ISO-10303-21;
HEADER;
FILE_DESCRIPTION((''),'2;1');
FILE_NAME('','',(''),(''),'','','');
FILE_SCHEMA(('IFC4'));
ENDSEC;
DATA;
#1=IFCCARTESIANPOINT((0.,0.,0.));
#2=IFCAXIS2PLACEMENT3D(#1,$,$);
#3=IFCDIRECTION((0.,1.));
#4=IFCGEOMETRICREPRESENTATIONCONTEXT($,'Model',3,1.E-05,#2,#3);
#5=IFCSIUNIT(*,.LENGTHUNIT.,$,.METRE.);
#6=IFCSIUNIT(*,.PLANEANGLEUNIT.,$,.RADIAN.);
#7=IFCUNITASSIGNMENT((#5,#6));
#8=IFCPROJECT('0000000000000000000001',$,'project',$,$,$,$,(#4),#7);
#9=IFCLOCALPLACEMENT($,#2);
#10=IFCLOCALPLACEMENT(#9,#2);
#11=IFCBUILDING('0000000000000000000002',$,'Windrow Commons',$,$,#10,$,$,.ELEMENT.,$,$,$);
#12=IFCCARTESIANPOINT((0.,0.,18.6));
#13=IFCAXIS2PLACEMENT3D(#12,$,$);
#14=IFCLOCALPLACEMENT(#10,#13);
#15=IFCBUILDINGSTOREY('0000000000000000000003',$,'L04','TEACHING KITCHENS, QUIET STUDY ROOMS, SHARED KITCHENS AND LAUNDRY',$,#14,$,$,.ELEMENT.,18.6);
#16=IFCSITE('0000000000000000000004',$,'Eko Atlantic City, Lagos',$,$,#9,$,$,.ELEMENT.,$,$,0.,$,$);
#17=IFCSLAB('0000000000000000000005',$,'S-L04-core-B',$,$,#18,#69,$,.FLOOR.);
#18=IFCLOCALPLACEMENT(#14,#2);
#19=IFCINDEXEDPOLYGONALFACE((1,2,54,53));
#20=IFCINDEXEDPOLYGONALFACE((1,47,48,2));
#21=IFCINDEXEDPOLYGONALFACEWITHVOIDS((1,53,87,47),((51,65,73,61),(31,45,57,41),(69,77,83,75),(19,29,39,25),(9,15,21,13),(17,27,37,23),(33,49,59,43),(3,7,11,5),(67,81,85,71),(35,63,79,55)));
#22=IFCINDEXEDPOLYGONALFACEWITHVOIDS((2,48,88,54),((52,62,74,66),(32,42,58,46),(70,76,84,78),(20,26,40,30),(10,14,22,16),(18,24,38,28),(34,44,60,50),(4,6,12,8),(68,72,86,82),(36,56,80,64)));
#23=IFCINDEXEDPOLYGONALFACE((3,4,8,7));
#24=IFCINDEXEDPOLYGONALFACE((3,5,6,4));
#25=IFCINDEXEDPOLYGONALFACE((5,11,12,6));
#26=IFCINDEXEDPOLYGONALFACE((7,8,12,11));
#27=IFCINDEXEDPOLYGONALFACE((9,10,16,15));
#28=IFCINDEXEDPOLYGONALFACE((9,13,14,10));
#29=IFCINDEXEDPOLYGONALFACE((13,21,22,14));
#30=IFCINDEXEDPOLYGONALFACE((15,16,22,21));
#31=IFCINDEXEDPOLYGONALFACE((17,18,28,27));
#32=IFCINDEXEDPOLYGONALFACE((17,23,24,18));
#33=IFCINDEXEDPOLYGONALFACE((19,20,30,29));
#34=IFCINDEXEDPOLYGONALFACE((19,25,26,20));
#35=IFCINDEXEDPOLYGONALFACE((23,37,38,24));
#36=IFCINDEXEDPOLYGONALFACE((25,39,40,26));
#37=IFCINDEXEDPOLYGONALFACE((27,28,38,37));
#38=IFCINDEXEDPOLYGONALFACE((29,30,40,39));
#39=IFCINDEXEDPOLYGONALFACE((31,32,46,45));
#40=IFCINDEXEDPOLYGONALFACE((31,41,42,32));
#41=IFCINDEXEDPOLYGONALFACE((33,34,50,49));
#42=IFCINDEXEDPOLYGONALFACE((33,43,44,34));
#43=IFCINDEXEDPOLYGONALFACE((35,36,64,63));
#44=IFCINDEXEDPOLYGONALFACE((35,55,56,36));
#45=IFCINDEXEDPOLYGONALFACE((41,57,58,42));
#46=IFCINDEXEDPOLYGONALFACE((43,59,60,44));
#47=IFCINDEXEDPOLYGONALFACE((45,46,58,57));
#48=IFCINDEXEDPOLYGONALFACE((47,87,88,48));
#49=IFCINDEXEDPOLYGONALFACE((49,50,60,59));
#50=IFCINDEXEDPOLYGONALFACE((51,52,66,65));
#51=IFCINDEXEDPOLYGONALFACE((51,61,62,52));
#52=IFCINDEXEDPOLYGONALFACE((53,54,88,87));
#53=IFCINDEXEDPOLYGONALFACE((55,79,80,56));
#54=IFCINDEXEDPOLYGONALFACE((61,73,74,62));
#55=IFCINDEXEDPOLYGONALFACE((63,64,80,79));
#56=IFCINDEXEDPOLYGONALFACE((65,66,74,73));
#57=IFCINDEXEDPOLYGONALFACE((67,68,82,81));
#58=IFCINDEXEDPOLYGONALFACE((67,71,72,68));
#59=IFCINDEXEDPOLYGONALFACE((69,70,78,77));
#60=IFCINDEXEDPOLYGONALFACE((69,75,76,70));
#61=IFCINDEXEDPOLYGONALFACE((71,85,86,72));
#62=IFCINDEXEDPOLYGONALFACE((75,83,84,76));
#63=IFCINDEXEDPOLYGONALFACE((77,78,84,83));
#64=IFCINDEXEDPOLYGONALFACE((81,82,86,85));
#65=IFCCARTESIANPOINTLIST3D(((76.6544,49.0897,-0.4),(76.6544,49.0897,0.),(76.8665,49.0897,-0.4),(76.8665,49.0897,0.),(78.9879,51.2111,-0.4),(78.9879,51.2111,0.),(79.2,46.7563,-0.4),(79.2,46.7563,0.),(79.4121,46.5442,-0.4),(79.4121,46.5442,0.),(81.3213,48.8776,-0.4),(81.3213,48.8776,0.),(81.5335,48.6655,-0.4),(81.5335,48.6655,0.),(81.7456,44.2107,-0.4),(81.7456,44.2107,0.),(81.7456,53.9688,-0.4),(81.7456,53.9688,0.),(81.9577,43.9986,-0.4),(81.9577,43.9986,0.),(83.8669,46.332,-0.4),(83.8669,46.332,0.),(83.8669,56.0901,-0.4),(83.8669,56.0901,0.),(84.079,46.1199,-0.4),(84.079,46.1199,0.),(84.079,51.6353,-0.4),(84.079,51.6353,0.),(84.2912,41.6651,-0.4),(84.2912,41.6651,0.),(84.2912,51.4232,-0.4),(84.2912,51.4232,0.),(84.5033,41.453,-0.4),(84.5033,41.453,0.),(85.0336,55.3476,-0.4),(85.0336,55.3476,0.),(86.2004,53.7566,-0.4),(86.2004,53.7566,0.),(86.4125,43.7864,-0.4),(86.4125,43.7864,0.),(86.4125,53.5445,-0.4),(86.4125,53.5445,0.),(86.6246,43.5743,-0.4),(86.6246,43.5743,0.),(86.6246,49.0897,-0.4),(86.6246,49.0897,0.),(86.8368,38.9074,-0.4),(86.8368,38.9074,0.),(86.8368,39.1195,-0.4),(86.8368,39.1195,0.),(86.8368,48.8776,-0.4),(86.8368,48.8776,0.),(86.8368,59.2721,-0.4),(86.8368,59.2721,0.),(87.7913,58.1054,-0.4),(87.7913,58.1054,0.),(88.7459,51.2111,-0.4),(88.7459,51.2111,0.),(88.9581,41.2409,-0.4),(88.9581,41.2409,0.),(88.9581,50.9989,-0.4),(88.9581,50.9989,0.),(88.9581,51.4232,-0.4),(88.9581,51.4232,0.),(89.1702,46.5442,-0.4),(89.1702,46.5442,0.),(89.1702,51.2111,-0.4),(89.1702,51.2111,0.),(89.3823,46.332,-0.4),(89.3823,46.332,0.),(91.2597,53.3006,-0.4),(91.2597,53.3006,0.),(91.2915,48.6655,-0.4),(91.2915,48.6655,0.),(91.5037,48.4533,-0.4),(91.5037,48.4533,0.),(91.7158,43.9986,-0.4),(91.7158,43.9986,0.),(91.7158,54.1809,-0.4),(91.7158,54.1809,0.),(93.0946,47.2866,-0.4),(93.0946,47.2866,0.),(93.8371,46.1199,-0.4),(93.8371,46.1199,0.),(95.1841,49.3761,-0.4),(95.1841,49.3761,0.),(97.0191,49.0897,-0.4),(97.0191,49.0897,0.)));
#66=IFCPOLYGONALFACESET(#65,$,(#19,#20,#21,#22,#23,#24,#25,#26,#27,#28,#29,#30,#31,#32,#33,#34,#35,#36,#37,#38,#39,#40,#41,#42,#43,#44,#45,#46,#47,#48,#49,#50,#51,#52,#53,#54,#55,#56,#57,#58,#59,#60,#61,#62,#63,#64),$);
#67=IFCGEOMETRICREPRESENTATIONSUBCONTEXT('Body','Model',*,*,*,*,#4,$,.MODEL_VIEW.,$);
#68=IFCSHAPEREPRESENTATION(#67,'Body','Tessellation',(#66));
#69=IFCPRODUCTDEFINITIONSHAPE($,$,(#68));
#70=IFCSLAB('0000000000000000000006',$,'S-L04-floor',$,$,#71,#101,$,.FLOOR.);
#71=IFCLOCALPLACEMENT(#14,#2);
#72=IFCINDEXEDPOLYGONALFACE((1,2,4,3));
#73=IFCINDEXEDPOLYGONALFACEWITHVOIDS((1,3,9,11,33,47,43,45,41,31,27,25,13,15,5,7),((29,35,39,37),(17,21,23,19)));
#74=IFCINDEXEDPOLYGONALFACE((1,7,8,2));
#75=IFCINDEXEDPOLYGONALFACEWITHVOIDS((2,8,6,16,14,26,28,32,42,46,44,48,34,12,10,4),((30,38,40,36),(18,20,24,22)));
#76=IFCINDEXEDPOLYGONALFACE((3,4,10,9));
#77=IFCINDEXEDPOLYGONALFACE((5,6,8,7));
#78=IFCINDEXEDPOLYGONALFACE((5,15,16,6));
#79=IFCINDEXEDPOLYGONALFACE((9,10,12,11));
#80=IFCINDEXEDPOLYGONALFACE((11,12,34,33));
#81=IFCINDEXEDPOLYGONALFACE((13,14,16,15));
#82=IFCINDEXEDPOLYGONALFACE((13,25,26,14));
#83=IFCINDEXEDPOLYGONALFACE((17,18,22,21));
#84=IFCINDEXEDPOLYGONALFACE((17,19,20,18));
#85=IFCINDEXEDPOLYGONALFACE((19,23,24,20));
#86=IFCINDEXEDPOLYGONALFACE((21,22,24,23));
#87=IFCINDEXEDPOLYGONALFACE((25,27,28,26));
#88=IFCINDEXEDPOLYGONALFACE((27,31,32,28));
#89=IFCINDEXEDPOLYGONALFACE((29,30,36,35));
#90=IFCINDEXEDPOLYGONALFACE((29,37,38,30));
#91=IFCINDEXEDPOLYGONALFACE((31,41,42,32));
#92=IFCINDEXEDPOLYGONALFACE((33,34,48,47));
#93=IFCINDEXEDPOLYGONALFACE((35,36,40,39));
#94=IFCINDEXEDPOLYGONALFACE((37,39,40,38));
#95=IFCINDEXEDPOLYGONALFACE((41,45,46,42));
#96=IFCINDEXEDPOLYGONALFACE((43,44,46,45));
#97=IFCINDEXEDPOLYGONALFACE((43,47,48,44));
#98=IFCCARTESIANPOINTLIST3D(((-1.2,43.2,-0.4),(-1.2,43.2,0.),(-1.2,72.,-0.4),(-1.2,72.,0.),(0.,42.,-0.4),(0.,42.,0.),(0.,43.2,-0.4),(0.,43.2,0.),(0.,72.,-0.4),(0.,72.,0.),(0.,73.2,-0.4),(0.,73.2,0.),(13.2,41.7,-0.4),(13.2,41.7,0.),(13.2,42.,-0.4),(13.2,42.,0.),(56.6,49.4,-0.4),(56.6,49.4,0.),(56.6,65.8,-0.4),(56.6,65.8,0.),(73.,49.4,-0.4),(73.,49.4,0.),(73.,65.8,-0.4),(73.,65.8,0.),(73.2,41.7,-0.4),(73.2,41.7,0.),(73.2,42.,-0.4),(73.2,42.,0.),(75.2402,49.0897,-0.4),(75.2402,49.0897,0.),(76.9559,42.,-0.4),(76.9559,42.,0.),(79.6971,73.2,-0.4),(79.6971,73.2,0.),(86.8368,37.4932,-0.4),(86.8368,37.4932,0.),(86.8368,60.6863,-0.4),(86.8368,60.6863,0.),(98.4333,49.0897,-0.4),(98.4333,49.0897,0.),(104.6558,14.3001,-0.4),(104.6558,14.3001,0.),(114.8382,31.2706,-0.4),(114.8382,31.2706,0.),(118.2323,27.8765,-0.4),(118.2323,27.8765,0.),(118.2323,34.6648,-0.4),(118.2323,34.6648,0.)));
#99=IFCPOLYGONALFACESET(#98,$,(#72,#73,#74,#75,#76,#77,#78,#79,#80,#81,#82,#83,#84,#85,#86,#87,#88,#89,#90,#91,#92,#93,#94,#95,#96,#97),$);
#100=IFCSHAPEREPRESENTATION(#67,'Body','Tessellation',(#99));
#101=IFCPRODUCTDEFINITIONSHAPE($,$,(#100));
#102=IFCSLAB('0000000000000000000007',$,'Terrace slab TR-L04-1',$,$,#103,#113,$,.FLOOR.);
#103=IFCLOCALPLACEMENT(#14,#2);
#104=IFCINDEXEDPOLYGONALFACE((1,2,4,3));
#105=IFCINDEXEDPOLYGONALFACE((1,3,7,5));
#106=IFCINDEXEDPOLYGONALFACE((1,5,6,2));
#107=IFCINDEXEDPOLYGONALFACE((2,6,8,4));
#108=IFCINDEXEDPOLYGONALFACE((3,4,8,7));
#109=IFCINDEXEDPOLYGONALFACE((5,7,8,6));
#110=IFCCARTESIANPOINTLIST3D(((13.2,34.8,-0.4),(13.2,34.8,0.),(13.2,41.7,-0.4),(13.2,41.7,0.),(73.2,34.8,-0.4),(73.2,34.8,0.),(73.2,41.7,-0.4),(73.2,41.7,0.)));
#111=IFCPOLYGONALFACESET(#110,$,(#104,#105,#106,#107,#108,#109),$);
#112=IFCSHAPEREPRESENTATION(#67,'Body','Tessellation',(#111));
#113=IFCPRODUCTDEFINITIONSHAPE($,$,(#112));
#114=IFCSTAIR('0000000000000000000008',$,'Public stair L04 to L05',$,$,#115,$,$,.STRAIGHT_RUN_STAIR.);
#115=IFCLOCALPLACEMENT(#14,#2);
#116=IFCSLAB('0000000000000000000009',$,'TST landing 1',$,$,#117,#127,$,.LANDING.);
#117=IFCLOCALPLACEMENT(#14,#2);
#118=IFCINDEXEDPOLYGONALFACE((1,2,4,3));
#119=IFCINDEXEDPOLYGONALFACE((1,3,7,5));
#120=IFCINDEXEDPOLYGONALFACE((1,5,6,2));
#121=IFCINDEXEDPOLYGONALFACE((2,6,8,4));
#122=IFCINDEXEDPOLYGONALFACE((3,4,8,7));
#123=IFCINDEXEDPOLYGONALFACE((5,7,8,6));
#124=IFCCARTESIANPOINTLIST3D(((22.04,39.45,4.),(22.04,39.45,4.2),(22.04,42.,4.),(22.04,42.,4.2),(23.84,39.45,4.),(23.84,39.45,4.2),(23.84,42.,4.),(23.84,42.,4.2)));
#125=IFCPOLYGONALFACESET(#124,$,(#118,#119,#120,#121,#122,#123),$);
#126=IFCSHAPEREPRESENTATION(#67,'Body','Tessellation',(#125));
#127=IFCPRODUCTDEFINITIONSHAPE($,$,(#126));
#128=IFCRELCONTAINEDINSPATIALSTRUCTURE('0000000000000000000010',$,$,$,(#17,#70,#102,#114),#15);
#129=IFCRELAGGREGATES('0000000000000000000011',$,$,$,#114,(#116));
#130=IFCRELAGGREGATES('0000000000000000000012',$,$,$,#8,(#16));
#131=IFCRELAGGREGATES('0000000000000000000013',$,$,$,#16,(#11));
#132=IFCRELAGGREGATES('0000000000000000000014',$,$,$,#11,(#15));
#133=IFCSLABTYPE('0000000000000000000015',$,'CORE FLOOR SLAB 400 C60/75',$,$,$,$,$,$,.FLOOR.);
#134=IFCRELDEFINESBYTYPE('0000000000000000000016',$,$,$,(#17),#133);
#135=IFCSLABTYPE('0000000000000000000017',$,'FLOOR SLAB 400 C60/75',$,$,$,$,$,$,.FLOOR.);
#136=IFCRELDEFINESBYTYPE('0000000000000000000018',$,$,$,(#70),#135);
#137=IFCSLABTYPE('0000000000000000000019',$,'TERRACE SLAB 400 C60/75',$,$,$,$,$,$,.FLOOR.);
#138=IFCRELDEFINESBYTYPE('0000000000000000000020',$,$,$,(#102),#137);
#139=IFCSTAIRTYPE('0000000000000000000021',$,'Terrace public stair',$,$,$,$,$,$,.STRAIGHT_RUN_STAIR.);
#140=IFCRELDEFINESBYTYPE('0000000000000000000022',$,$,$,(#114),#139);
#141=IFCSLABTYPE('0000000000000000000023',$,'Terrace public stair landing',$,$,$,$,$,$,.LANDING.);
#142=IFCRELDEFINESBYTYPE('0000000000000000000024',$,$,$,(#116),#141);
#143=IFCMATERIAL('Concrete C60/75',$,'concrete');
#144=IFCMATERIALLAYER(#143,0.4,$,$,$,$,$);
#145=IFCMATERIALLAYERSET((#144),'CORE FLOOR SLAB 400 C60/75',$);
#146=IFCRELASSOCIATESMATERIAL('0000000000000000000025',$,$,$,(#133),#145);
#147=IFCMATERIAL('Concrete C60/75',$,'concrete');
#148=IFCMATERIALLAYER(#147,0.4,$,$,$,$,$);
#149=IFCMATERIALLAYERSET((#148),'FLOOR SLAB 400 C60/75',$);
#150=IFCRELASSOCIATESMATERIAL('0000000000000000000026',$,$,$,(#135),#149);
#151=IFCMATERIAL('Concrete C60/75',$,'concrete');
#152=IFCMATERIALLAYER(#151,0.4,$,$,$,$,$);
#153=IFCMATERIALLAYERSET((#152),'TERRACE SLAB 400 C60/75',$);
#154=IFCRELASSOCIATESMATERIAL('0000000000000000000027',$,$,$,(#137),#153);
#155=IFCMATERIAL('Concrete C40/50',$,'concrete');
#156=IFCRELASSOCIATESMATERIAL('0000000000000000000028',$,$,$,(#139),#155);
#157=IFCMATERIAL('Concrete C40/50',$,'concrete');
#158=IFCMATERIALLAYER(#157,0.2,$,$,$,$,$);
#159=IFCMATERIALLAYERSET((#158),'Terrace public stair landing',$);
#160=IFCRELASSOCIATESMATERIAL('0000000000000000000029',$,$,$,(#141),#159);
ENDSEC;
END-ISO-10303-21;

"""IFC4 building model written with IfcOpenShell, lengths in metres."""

from ifc_helpers import new_model, si_unit, direction, frame, origin, place, context, subcontext, project, spatial, polyline, outline, extrude, material, layer, layer_set, type_object, element, aggregate, save


model = new_model("IFC4")

# Units and contexts
model_context = context("Model", 3, precision=1e-05, world=origin(), true_north=direction((0.0, 1.0)))
body_context = subcontext(model_context, "Body", "Model", "MODEL_VIEW")
ifc_project = project(units=[si_unit("LENGTHUNIT", "METRE"), si_unit("PLANEANGLEUNIT", "RADIAN")], contexts=[model_context])

# Site, building, storey
site_placement = place(None, origin())
site = spatial("IfcSite", under=ifc_project, at=site_placement, Name="Eko Atlantic City, Lagos", CompositionType="ELEMENT", RefElevation=0.0)
building_placement = place(site_placement, origin())
building = spatial("IfcBuilding", under=site, at=building_placement, Name="Windrow Commons", CompositionType="ELEMENT")
storey_placement = place(building_placement, frame((0.0, 0.0, 18.6)))
storey = spatial("IfcBuildingStorey", under=building, at=storey_placement, Name="L04", Description="TEACHING KITCHENS, QUIET STUDY ROOMS, SHARED KITCHENS AND LAUNDRY", CompositionType="ELEMENT", Elevation=18.6)

# Slabs, openings
ifc_material_1 = material(Name="Concrete C60/75", Category="concrete")
ifc_layer_1 = layer(ifc_material_1, 0.4)
ifc_layer_set_1 = layer_set([ifc_layer_1], Name="CORE FLOOR SLAB 400 C60/75")
slab_type_1 = type_object("IfcSlabType", Name="CORE FLOOR SLAB 400 C60/75", PredefinedType="FLOOR", material=ifc_layer_set_1)
placement_1 = place(storey_placement, frame((0.0, 0.0, -0.4)))
slab_1 = element("IfcSlab", 1, at=placement_1, inside=storey, type_object=slab_type_1, Name="S-L04-core-B", PredefinedType="FLOOR", context=body_context, shape_type="SweptSolid", body=[
    extrude(outline(polyline([(76.6544, 49.0897), (86.8368, 38.9074), (97.0191, 49.0897), (86.8368, 59.2721), (76.6544, 49.0897)]), holes=[polyline([(76.8665, 49.0897), (79.2, 46.7563), (81.3213, 48.8776), (78.9879, 51.2111), (76.8665, 49.0897)]), polyline([(79.4121, 46.5442), (81.7456, 44.2107), (83.8669, 46.332), (81.5335, 48.6655), (79.4121, 46.5442)]), polyline([(81.9577, 43.9986), (84.2912, 41.6651), (86.4125, 43.7864), (84.079, 46.1199), (81.9577, 43.9986)]), polyline([(84.5033, 41.453), (86.8368, 39.1195), (88.9581, 41.2409), (86.6246, 43.5743), (84.5033, 41.453)]), polyline([(81.7456, 53.9688), (84.079, 51.6353), (86.2004, 53.7566), (83.8669, 56.0901), (81.7456, 53.9688)]), polyline([(84.2912, 51.4232), (86.6246, 49.0897), (88.7459, 51.2111), (86.4125, 53.5445), (84.2912, 51.4232)]), polyline([(86.8368, 48.8776), (89.1702, 46.5442), (91.2915, 48.6655), (88.9581, 50.9989), (86.8368, 48.8776)]), polyline([(89.3823, 46.332), (91.7158, 43.9986), (93.8371, 46.1199), (91.5037, 48.4533), (89.3823, 46.332)]), polyline([(85.0336, 55.3476), (88.9581, 51.4232), (91.7158, 54.1809), (87.7913, 58.1054), (85.0336, 55.3476)]), polyline([(89.1702, 51.2111), (93.0946, 47.2866), (95.1841, 49.3761), (91.2597, 53.3006), (89.1702, 51.2111)])]), origin(), (0.0, 0.0, 1.0), 0.4),
])
opening_1_placement = place(placement_1, origin())
element("IfcOpeningElement", 2, at=opening_1_placement, cuts=slab_1, PredefinedType="OPENING", context=body_context, shape_type="SweptSolid", body=[
    extrude(outline(polyline([(76.8736, 49.0897), (78.9879, 51.204), (81.3142, 48.8776), (79.2, 46.7634), (76.8736, 49.0897)])), origin(), (0.0, 0.0, 1.0), 0.4),
])
opening_2_placement = place(placement_1, origin())
element("IfcOpeningElement", 3, at=opening_2_placement, cuts=slab_1, PredefinedType="OPENING", context=body_context, shape_type="SweptSolid", body=[
    extrude(outline(polyline([(79.4192, 46.5442), (81.5335, 48.6584), (83.8598, 46.332), (81.7456, 44.2178), (79.4192, 46.5442)])), origin(), (0.0, 0.0, 1.0), 0.4),
])
opening_3_placement = place(placement_1, origin())
element("IfcOpeningElement", 4, at=opening_3_placement, cuts=slab_1, PredefinedType="OPENING", context=body_context, shape_type="SweptSolid", body=[
    extrude(outline(polyline([(81.9648, 43.9986), (84.079, 46.1128), (86.4054, 43.7864), (84.2912, 41.6722), (81.9648, 43.9986)])), origin(), (0.0, 0.0, 1.0), 0.4),
])
opening_4_placement = place(placement_1, origin())
element("IfcOpeningElement", 5, at=opening_4_placement, cuts=slab_1, PredefinedType="OPENING", context=body_context, shape_type="SweptSolid", body=[
    extrude(outline(polyline([(84.5104, 41.453), (86.6246, 43.5672), (88.951, 41.2409), (86.8368, 39.1266), (84.5104, 41.453)])), origin(), (0.0, 0.0, 1.0), 0.4),
])
opening_5_placement = place(placement_1, origin())
element("IfcOpeningElement", 6, at=opening_5_placement, cuts=slab_1, PredefinedType="OPENING", context=body_context, shape_type="SweptSolid", body=[
    extrude(outline(polyline([(81.7527, 53.9688), (83.8669, 56.083), (86.1933, 53.7566), (84.079, 51.6424), (81.7527, 53.9688)])), origin(), (0.0, 0.0, 1.0), 0.4),
])
opening_6_placement = place(placement_1, origin())
element("IfcOpeningElement", 7, at=opening_6_placement, cuts=slab_1, PredefinedType="OPENING", context=body_context, shape_type="SweptSolid", body=[
    extrude(outline(polyline([(84.2983, 51.4232), (86.4125, 53.5374), (88.7388, 51.2111), (86.6246, 49.0968), (84.2983, 51.4232)])), origin(), (0.0, 0.0, 1.0), 0.4),
])
opening_7_placement = place(placement_1, origin())
element("IfcOpeningElement", 8, at=opening_7_placement, cuts=slab_1, PredefinedType="OPENING", context=body_context, shape_type="SweptSolid", body=[
    extrude(outline(polyline([(86.8439, 48.8776), (88.9581, 50.9918), (91.2844, 48.6655), (89.1702, 46.5513), (86.8439, 48.8776)])), origin(), (0.0, 0.0, 1.0), 0.4),
])
opening_8_placement = place(placement_1, origin())
element("IfcOpeningElement", 9, at=opening_8_placement, cuts=slab_1, PredefinedType="OPENING", context=body_context, shape_type="SweptSolid", body=[
    extrude(outline(polyline([(89.3894, 46.332), (91.5037, 48.4462), (93.83, 46.1199), (91.7158, 44.0057), (89.3894, 46.332)])), origin(), (0.0, 0.0, 1.0), 0.4),
])
opening_9_placement = place(placement_1, origin())
element("IfcOpeningElement", 10, at=opening_9_placement, cuts=slab_1, PredefinedType="OPENING", context=body_context, shape_type="SweptSolid", body=[
    extrude(outline(polyline([(85.0407, 55.3476), (87.7913, 58.0983), (91.7087, 54.1809), (88.9581, 51.4303), (85.0407, 55.3476)])), origin(), (0.0, 0.0, 1.0), 0.4),
])
opening_10_placement = place(placement_1, origin())
element("IfcOpeningElement", 11, at=opening_10_placement, cuts=slab_1, PredefinedType="OPENING", context=body_context, shape_type="SweptSolid", body=[
    extrude(outline(polyline([(89.1773, 51.2111), (91.2597, 53.2935), (95.177, 49.3761), (93.0946, 47.2937), (89.1773, 51.2111)])), origin(), (0.0, 0.0, 1.0), 0.4),
])
ifc_material_2 = material(Name="Concrete C60/75", Category="concrete")
ifc_layer_2 = layer(ifc_material_2, 0.4)
ifc_layer_set_2 = layer_set([ifc_layer_2], Name="FLOOR SLAB 400 C60/75")
slab_type_2 = type_object("IfcSlabType", Name="FLOOR SLAB 400 C60/75", PredefinedType="FLOOR", material=ifc_layer_set_2)
slab_2 = element("IfcSlab", 12, at=placement_1, inside=storey, type_object=slab_type_2, Name="S-L04-floor", PredefinedType="FLOOR", context=body_context, shape_type="SweptSolid", body=[
    extrude(outline(polyline([(73.2, 42.0), (76.9559, 42.0), (104.6558, 14.3001), (118.2323, 27.8765), (114.8382, 31.2706), (118.2323, 34.6648), (79.6971, 73.2), (0.0, 73.2), (0.0, 72.0), (-1.2, 72.0), (-1.2, 43.2), (0.0, 43.2), (0.0, 42.0), (13.2, 42.0), (13.2, 41.7), (73.2, 41.7), (73.2, 42.0)]), holes=[polyline([(75.2402, 49.0897), (86.8368, 60.6863), (98.4333, 49.0897), (86.8368, 37.4932), (75.2402, 49.0897)]), polyline([(56.6, 49.4), (56.6, 65.8), (73.0, 65.8), (73.0, 49.4), (56.6, 49.4)])]), origin(), (0.0, 0.0, 1.0), 0.4),
])
opening_11_placement = place(placement_1, origin())
element("IfcOpeningElement", 13, at=opening_11_placement, cuts=slab_2, PredefinedType="OPENING", context=body_context, shape_type="SweptSolid", body=[
    extrude(outline(polyline([(75.2473, 49.0897), (86.8368, 60.6792), (98.4262, 49.0897), (86.8368, 37.5003), (75.2473, 49.0897)])), origin(), (0.0, 0.0, 1.0), 0.4),
])
opening_12_placement = place(placement_1, origin())
element("IfcOpeningElement", 14, at=opening_12_placement, cuts=slab_2, PredefinedType="OPENING", context=body_context, shape_type="SweptSolid", body=[
    extrude(outline(polyline([(56.605, 49.405), (56.605, 65.795), (72.995, 65.795), (72.995, 49.405), (56.605, 49.405)])), origin(), (0.0, 0.0, 1.0), 0.4),
])

# Slab
ifc_material_3 = material(Name="Concrete C60/75", Category="concrete")
ifc_layer_3 = layer(ifc_material_3, 0.4)
ifc_layer_set_3 = layer_set([ifc_layer_3], Name="TERRACE SLAB 400 C60/75")
slab_type_3 = type_object("IfcSlabType", Name="TERRACE SLAB 400 C60/75", PredefinedType="FLOOR", material=ifc_layer_set_3)
element("IfcSlab", 15, at=placement_1, inside=storey, type_object=slab_type_3, Name="Terrace slab TR-L04-1", PredefinedType="FLOOR", context=body_context, shape_type="SweptSolid", body=[
    extrude(outline(polyline([(13.2, 34.8), (73.2, 34.8), (73.2, 41.7), (13.2, 41.7), (13.2, 34.8)])), origin(), (0.0, 0.0, 1.0), 0.4),
])

# Stair, slab
ifc_material_4 = material(Name="Concrete C40/50", Category="concrete")
stair_type = type_object("IfcStairType", Name="Terrace public stair", PredefinedType="STRAIGHT_RUN_STAIR", material=ifc_material_4)
placement_2 = place(storey_placement, origin())
stair = element("IfcStair", 16, at=placement_2, inside=storey, type_object=stair_type, Name="Public stair L04 to L05", PredefinedType="STRAIGHT_RUN_STAIR")
ifc_material_5 = material(Name="Concrete C40/50", Category="concrete")
ifc_layer_4 = layer(ifc_material_5, 0.2)
ifc_layer_set_4 = layer_set([ifc_layer_4], Name="Terrace public stair landing")
slab_type_4 = type_object("IfcSlabType", Name="Terrace public stair landing", PredefinedType="LANDING", material=ifc_layer_set_4)
slab_3_placement = place(storey_placement, frame((0.0, 0.0, 4.0)))
slab_3 = element("IfcSlab", 17, at=slab_3_placement, type_object=slab_type_4, Name="TST landing 1", PredefinedType="LANDING", context=body_context, shape_type="SweptSolid", body=[
    extrude(outline(polyline([(22.04, 42.0), (23.84, 42.0), (23.84, 39.45), (22.04, 39.45), (22.04, 42.0)])), origin(), (0.0, 0.0, 1.0), 0.2),
])
aggregate(stair, [slab_3])

save(model, "model.ifc")
